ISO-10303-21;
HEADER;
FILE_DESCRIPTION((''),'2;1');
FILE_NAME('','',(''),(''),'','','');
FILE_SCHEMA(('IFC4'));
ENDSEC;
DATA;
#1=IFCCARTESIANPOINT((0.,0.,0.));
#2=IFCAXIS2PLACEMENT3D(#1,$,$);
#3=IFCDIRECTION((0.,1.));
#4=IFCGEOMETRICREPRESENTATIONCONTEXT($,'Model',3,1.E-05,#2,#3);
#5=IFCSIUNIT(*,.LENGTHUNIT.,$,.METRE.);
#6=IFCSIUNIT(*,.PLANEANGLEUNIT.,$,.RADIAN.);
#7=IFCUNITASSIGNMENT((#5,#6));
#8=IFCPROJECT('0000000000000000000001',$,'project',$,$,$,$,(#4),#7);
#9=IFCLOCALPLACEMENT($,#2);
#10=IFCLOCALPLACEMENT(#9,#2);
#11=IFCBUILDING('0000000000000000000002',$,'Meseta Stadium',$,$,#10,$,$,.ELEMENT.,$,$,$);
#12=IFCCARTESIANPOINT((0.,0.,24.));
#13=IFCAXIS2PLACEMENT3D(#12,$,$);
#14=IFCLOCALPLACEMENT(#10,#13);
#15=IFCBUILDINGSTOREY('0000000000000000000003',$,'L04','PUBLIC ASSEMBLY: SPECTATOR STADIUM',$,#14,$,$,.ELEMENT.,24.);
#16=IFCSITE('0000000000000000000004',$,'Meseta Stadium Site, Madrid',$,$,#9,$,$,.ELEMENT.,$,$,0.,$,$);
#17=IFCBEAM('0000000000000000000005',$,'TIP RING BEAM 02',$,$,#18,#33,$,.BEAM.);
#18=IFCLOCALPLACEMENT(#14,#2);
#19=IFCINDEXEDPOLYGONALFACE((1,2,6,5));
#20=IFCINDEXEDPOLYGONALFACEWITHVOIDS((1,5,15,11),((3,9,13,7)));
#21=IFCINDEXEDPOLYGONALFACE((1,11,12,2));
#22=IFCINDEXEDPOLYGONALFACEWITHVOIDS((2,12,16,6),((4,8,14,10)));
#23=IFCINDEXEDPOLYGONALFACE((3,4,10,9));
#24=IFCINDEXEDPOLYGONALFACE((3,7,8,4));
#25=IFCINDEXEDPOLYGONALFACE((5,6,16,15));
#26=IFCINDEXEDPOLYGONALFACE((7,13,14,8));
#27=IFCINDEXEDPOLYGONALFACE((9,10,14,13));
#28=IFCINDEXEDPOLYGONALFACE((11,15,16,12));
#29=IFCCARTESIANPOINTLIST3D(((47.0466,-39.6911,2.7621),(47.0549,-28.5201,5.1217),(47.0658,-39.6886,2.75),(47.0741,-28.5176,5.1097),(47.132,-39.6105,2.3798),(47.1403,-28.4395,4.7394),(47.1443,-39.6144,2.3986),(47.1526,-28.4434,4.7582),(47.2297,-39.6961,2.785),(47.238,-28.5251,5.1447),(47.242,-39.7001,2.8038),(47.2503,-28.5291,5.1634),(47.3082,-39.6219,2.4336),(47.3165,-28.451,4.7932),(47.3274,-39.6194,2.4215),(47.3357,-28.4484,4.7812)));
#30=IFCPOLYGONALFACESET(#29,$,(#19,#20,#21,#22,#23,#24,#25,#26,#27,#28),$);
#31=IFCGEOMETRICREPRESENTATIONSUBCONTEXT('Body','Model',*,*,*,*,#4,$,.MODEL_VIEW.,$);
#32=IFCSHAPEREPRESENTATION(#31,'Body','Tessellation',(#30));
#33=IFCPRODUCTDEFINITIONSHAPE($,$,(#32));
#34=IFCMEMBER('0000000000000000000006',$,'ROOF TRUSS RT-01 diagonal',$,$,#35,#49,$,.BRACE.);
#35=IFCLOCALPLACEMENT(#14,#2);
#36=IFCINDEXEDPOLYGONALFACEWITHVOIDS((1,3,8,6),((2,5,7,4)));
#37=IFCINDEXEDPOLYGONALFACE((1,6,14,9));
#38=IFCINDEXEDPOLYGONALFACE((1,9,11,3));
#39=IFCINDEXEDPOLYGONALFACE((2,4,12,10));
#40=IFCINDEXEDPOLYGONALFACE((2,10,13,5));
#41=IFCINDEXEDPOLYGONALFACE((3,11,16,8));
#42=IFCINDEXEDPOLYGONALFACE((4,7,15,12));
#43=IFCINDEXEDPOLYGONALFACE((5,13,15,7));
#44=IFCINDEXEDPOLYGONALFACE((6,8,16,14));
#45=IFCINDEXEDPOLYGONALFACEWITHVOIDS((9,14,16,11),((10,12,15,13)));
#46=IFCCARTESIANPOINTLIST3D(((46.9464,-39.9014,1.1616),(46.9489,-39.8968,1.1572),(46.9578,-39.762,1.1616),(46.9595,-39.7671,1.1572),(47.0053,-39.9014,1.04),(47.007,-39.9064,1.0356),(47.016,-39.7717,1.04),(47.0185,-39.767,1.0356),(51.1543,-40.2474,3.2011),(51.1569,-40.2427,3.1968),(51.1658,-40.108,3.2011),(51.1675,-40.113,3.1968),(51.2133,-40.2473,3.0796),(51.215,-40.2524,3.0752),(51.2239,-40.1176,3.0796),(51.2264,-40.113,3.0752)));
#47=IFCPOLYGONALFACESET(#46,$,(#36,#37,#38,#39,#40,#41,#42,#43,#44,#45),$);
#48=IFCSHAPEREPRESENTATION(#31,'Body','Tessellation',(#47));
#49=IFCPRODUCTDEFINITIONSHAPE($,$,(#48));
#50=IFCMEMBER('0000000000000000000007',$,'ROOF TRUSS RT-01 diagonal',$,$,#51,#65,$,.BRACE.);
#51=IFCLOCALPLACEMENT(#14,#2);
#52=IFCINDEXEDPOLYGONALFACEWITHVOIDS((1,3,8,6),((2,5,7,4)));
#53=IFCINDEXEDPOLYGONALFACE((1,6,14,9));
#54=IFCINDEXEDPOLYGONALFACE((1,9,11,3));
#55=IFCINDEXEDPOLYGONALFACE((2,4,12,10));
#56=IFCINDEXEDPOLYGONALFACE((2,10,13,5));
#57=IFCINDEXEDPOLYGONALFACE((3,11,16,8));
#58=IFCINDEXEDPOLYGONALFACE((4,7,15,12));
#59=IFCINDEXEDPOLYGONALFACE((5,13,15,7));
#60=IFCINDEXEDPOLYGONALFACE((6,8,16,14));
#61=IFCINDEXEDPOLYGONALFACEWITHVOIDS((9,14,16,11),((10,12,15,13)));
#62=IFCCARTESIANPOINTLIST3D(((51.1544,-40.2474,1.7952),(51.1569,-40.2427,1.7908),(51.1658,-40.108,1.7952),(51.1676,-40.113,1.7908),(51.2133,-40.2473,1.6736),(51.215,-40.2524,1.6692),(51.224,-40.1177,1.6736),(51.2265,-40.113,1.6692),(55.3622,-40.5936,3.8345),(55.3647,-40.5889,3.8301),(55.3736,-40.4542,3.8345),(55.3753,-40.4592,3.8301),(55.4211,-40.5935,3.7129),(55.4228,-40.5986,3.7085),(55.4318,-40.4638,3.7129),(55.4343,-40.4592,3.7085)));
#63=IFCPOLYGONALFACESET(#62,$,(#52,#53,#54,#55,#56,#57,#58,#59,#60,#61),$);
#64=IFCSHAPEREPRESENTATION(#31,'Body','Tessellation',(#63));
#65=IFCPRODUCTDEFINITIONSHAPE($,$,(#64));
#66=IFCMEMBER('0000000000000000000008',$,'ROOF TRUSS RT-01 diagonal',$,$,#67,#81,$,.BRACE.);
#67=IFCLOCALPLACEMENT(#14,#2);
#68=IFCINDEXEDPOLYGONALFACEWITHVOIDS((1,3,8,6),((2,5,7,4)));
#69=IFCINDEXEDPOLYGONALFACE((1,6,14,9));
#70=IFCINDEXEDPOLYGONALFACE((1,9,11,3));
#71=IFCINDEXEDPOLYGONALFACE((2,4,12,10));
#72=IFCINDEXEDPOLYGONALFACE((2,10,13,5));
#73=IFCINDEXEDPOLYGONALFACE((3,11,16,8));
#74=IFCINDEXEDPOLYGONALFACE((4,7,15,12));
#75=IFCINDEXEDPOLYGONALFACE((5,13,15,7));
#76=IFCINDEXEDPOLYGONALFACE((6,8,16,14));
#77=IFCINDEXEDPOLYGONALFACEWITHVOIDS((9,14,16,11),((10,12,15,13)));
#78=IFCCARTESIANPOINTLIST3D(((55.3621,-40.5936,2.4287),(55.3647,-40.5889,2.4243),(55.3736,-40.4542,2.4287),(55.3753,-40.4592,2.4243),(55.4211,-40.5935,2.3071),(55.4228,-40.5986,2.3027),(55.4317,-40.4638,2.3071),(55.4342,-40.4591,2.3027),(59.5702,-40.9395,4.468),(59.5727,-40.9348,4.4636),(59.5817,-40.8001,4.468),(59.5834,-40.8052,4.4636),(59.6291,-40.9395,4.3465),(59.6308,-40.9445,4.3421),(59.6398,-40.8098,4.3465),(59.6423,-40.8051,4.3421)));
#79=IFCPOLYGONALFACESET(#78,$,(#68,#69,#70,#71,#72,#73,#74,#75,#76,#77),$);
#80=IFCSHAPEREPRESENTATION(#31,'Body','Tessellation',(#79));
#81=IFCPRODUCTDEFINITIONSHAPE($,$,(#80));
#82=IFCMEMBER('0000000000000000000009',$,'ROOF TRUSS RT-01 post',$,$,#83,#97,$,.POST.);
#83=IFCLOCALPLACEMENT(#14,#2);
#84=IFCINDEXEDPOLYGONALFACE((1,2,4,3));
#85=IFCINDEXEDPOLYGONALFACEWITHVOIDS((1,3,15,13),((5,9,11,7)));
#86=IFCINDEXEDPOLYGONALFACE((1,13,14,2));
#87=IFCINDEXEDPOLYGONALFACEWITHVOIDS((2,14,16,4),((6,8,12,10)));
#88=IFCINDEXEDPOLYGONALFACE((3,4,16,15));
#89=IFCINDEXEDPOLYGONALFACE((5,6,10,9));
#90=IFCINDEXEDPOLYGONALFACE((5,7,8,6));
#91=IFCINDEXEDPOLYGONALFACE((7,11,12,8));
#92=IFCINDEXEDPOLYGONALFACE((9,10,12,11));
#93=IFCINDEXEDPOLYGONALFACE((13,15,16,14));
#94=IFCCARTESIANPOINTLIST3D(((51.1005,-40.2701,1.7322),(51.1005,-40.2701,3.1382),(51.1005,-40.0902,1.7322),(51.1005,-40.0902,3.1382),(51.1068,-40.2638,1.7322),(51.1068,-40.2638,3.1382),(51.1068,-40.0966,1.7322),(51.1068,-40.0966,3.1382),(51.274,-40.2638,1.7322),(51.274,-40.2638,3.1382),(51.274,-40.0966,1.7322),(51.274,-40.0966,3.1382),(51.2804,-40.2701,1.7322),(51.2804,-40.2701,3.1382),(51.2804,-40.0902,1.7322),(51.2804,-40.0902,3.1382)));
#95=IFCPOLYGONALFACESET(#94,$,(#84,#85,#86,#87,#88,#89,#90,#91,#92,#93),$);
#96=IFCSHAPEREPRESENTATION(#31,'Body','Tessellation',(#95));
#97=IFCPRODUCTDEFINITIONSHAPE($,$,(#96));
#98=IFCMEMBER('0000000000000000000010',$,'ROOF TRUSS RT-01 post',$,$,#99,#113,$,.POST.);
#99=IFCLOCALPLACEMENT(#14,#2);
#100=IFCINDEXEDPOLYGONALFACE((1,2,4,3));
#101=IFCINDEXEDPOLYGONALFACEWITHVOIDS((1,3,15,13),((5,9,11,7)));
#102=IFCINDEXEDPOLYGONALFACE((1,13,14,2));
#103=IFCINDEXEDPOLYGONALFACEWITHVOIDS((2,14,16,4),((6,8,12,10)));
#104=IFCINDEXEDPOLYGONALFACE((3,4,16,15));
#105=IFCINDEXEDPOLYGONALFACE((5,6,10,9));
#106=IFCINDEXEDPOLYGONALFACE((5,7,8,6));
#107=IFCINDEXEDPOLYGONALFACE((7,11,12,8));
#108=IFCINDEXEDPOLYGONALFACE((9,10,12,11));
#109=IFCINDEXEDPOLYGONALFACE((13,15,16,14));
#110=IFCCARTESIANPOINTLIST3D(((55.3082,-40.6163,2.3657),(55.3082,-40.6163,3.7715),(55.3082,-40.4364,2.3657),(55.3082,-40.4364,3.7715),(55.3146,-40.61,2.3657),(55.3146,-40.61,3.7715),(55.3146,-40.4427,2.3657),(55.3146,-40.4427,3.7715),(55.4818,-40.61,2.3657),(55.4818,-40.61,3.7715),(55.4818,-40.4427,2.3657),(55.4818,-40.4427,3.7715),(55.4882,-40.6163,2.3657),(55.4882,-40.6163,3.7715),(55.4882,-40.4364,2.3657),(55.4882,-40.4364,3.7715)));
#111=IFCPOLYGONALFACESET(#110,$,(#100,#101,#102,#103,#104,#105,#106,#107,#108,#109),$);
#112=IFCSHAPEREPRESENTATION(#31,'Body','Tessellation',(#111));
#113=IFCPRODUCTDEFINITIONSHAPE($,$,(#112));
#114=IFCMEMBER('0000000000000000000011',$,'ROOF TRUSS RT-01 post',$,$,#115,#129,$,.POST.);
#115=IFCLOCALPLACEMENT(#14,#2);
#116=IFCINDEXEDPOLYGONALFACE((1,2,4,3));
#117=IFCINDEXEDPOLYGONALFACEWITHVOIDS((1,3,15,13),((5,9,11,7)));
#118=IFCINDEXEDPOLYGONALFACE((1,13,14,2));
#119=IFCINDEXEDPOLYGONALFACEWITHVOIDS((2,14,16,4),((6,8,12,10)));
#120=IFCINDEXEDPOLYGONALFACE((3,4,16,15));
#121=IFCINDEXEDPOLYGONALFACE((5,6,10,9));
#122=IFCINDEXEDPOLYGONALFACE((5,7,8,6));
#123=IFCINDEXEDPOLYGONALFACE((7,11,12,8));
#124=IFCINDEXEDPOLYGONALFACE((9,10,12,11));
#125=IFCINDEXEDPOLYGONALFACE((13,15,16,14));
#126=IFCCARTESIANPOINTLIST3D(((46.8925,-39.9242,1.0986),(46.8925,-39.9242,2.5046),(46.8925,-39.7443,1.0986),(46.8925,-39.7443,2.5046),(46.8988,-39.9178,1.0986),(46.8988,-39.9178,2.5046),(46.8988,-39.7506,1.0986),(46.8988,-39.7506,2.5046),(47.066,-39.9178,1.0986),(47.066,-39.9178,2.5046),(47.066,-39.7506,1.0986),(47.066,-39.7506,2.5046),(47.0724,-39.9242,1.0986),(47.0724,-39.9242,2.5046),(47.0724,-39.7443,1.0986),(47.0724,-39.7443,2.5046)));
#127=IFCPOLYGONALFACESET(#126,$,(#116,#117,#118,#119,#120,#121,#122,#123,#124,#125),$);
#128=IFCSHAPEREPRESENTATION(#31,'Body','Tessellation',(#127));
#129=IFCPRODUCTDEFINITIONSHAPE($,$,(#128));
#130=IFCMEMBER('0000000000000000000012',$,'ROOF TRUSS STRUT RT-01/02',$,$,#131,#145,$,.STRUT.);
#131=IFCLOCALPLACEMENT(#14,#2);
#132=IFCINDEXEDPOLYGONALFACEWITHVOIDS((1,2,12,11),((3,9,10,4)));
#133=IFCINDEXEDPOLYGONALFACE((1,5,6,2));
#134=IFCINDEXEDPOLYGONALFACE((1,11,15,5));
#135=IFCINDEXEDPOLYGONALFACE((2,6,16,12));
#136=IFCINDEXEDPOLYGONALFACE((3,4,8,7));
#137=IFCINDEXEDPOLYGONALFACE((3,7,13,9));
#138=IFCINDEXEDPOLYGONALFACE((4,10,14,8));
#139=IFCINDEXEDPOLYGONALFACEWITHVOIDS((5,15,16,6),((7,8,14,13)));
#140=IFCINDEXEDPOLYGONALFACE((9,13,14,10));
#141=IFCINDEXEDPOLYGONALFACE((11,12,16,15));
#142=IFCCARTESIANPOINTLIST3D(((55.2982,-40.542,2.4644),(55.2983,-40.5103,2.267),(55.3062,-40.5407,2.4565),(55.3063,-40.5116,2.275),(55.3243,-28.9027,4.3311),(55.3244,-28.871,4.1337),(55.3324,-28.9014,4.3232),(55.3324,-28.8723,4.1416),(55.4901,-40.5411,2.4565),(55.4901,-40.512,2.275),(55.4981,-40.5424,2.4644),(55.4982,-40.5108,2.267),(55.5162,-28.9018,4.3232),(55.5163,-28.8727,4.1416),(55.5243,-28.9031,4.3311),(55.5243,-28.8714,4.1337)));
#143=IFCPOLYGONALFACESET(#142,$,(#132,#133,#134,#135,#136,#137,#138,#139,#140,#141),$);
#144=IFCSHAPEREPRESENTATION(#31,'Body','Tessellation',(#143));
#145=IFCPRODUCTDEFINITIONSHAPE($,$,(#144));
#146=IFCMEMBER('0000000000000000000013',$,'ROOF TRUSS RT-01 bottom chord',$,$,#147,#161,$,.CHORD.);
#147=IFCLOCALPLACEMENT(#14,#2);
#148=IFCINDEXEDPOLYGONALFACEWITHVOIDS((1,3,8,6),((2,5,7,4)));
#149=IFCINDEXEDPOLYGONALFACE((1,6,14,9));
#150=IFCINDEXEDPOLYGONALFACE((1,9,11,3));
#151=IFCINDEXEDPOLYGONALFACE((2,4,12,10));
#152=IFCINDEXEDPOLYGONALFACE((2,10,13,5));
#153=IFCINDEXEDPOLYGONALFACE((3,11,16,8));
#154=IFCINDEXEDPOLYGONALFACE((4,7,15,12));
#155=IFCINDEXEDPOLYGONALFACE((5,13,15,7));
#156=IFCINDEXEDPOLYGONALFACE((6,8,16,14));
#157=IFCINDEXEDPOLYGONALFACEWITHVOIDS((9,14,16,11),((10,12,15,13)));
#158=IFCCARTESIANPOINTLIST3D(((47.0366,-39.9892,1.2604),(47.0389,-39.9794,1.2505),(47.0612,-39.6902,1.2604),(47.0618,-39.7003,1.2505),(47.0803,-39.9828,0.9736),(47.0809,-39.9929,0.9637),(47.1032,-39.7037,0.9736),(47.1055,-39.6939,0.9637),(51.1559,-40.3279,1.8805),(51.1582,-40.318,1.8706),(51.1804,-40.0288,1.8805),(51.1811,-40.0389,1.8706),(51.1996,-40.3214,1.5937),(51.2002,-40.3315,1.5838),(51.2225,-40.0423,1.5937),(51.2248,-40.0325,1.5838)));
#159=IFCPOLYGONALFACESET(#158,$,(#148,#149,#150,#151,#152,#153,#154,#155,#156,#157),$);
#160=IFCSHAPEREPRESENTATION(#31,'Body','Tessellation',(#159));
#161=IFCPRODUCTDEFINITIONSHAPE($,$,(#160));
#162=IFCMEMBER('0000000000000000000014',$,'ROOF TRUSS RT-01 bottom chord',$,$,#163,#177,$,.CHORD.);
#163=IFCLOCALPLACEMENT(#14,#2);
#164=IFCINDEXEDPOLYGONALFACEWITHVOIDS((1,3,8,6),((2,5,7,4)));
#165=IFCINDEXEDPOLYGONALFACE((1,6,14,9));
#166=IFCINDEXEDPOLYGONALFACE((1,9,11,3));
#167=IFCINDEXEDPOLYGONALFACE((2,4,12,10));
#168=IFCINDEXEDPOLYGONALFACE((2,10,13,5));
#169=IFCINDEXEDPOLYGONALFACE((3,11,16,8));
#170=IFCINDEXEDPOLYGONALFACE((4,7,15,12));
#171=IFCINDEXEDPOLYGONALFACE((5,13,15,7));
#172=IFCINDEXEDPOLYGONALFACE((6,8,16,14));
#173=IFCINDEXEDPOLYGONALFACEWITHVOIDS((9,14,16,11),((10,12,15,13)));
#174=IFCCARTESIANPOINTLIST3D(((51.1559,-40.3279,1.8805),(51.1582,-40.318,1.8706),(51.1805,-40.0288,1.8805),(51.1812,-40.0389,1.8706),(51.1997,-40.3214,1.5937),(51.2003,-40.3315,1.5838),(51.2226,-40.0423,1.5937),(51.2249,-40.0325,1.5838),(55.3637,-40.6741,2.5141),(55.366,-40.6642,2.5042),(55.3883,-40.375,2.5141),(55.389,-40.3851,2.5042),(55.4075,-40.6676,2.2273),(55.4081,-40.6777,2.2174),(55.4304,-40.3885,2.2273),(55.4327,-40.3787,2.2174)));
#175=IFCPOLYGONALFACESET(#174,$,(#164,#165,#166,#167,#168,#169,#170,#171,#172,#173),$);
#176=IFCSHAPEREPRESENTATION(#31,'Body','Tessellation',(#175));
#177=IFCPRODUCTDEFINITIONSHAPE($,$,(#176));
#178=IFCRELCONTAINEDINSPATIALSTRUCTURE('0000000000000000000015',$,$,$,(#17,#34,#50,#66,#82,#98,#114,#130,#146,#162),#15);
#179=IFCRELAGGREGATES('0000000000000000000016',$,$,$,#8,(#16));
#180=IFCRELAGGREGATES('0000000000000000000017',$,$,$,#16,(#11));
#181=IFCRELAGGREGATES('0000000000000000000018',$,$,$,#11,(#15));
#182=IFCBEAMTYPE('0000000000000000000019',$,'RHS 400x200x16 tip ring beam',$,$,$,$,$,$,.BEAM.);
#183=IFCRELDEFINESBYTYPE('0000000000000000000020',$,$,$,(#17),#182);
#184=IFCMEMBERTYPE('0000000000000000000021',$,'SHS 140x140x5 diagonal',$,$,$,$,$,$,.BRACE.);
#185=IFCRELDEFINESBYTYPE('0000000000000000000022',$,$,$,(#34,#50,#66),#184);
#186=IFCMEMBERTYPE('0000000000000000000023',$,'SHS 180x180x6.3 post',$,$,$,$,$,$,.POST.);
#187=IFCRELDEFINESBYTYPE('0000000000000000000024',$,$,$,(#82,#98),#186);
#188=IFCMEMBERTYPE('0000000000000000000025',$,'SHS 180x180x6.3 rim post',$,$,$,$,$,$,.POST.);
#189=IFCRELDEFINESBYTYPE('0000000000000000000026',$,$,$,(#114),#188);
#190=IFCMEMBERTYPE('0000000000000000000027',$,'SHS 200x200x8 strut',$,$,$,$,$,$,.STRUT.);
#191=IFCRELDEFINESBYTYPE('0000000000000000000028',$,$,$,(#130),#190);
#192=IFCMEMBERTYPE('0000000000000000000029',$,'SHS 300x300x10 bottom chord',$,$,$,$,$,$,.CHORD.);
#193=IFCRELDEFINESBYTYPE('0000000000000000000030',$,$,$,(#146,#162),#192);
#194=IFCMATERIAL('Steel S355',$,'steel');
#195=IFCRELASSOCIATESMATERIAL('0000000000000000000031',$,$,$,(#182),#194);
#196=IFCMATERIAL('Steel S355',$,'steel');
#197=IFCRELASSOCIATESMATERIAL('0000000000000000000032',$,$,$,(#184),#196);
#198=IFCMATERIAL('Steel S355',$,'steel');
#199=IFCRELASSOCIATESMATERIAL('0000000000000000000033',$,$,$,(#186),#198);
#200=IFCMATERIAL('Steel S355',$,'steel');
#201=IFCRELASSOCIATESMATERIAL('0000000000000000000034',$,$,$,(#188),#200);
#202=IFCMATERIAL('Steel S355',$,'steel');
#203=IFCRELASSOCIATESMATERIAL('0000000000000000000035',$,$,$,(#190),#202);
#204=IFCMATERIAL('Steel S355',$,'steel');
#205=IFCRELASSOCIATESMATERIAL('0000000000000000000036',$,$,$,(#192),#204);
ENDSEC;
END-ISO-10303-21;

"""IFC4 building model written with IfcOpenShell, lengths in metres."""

from ifc_helpers import new_model, si_unit, direction, frame, origin, origin_2d, place, context, subcontext, project, spatial, hollow_rectangle, extrude, material, material_profile, profile_set, type_object, element, save


model = new_model("IFC4")

# Units and contexts
model_context = context("Model", 3, precision=1e-05, world=origin(), true_north=direction((0.0, 1.0)))
body_context = subcontext(model_context, "Body", "Model", "MODEL_VIEW")
ifc_project = project(units=[si_unit("LENGTHUNIT", "METRE"), si_unit("PLANEANGLEUNIT", "RADIAN")], contexts=[model_context])

# Site, building, storey
site_placement = place(None, origin())
site = spatial("IfcSite", under=ifc_project, at=site_placement, Name="Meseta Stadium Site, Madrid", CompositionType="ELEMENT", RefElevation=0.0)
building_placement = place(site_placement, origin())
building = spatial("IfcBuilding", under=site, at=building_placement, Name="Meseta Stadium", CompositionType="ELEMENT")
storey_placement = place(building_placement, frame((0.0, 0.0, 24.0)))
storey = spatial("IfcBuildingStorey", under=building, at=storey_placement, Name="L04", Description="PUBLIC ASSEMBLY: SPECTATOR STADIUM", CompositionType="ELEMENT", Elevation=24.0)

# Beam
ifc_material_1 = material(Name="Steel S355", Category="steel")
ifc_material_profile_1 = material_profile(ifc_material_1, hollow_rectangle(XDim=0.2, YDim=0.3999, WallThickness=0.0161, at=origin_2d()), Name="RHS 400x200x16")
ifc_profile_set_1 = profile_set([ifc_material_profile_1], Name="Steel S355")
beam_type = type_object("IfcBeamType", Name="RHS 400x200x16 tip ring beam", PredefinedType="BEAM", material=ifc_profile_set_1)
beam_placement = place(storey_placement, frame((47.187, -39.6553, 2.5918), z_axis=(0.000727, 0.978411, 0.206669), x_axis=(-0.976934, 0.044827, -0.208782)))
element("IfcBeam", 1, at=beam_placement, inside=storey, type_object=beam_type, Name="TIP RING BEAM 02", PredefinedType="BEAM", context=body_context, shape_type="SweptSolid", body=[
    extrude(hollow_rectangle(XDim=0.2, YDim=0.3999, WallThickness=0.0161, at=origin_2d()), origin(), (0.0, 0.0, 1.0), 11.4175),
])

# Members
ifc_material_2 = material(Name="Steel S355", Category="steel")
ifc_material_profile_2 = material_profile(ifc_material_2, hollow_rectangle(XDim=0.1399, YDim=0.1399, WallThickness=0.0049, at=origin_2d()), Name="SHS 140x140x5")
ifc_profile_set_2 = profile_set([ifc_material_profile_2], Name="Steel S355")
member_type_1 = type_object("IfcMemberType", Name="SHS 140x140x5 diagonal", PredefinedType="BRACE", material=ifc_profile_set_2)
member_1_placement = place(storey_placement, frame((46.9824, -39.8342, 1.0986), z_axis=(0.89742, -0.073778, 0.434964), x_axis=(0.081935, 0.996638, 0.0)))
element("IfcMember", 2, at=member_1_placement, inside=storey, type_object=member_type_1, Name="ROOF TRUSS RT-01 diagonal", PredefinedType="BRACE", context=body_context, shape_type="SweptSolid", body=[
    extrude(hollow_rectangle(XDim=0.1399, YDim=0.1399, WallThickness=0.0049, at=origin_2d()), origin(), (0.0, 0.0, 1.0), 4.689),
])
member_2_placement = place(storey_placement, frame((51.1904, -40.1802, 1.7322), z_axis=(0.897427, -0.073835, 0.434941), x_axis=(0.081997, 0.996633, 0.0)))
element("IfcMember", 3, at=member_2_placement, inside=storey, type_object=member_type_1, Name="ROOF TRUSS RT-01 diagonal", PredefinedType="BRACE", context=body_context, shape_type="SweptSolid", body=[
    extrude(hollow_rectangle(XDim=0.1399, YDim=0.1399, WallThickness=0.0049, at=origin_2d()), origin(), (0.0, 0.0, 1.0), 4.6887),
])
member_3_placement = place(storey_placement, frame((55.3982, -40.5264, 2.3657), z_axis=(0.89744, -0.07378, 0.434922), x_axis=(0.081935, 0.996638, 0.0)))
element("IfcMember", 4, at=member_3_placement, inside=storey, type_object=member_type_1, Name="ROOF TRUSS RT-01 diagonal", PredefinedType="BRACE", context=body_context, shape_type="SweptSolid", body=[
    extrude(hollow_rectangle(XDim=0.1399, YDim=0.1399, WallThickness=0.0049, at=origin_2d()), origin(), (0.0, 0.0, 1.0), 4.689),
])
ifc_material_3 = material(Name="Steel S355", Category="steel")
ifc_material_profile_3 = material_profile(ifc_material_3, hollow_rectangle(XDim=0.1799, YDim=0.1799, WallThickness=0.0063, at=origin_2d()), Name="SHS 180x180x6.3")
ifc_profile_set_3 = profile_set([ifc_material_profile_3], Name="Steel S355")
member_type_2 = type_object("IfcMemberType", Name="SHS 180x180x6.3 post", PredefinedType="POST", material=ifc_profile_set_3)
member_4_placement = place(storey_placement, frame((51.1904, -40.1802, 1.7322), z_axis=(0.0, 0.0, 1.0), x_axis=(1.0, 0.0, 0.0)))
element("IfcMember", 5, at=member_4_placement, inside=storey, type_object=member_type_2, Name="ROOF TRUSS RT-01 post", PredefinedType="POST", context=body_context, shape_type="SweptSolid", body=[
    extrude(hollow_rectangle(XDim=0.1799, YDim=0.1799, WallThickness=0.0063, at=origin_2d()), origin(), (0.0, 0.0, 1.0), 1.406),
])
member_5_placement = place(storey_placement, frame((55.3982, -40.5264, 2.3657), z_axis=(0.0, 0.0, 1.0), x_axis=(1.0, 0.0, 0.0)))
element("IfcMember", 6, at=member_5_placement, inside=storey, type_object=member_type_2, Name="ROOF TRUSS RT-01 post", PredefinedType="POST", context=body_context, shape_type="SweptSolid", body=[
    extrude(hollow_rectangle(XDim=0.1799, YDim=0.1799, WallThickness=0.0063, at=origin_2d()), origin(), (0.0, 0.0, 1.0), 1.4058),
])
ifc_material_4 = material(Name="Steel S355", Category="steel")
ifc_material_profile_4 = material_profile(ifc_material_4, hollow_rectangle(XDim=0.1799, YDim=0.1799, WallThickness=0.0063, at=origin_2d()), Name="SHS 180x180x6.3")
ifc_profile_set_4 = profile_set([ifc_material_profile_4], Name="Steel S355")
member_type_3 = type_object("IfcMemberType", Name="SHS 180x180x6.3 rim post", PredefinedType="POST", material=ifc_profile_set_4)
member_6_placement = place(storey_placement, frame((46.9824, -39.8342, 1.0986), z_axis=(0.0, 0.0, 1.0), x_axis=(1.0, 0.0, 0.0)))
element("IfcMember", 7, at=member_6_placement, inside=storey, type_object=member_type_3, Name="ROOF TRUSS RT-01 post", PredefinedType="POST", context=body_context, shape_type="SweptSolid", body=[
    extrude(hollow_rectangle(XDim=0.1799, YDim=0.1799, WallThickness=0.0063, at=origin_2d()), origin(), (0.0, 0.0, 1.0), 1.406),
])
ifc_material_5 = material(Name="Steel S355", Category="steel")
ifc_material_profile_5 = material_profile(ifc_material_5, hollow_rectangle(XDim=0.2, YDim=0.2, WallThickness=0.0081, at=origin_2d()), Name="SHS 200x200x8")
ifc_profile_set_5 = profile_set([ifc_material_profile_5], Name="Steel S355")
member_type_4 = type_object("IfcMemberType", Name="SHS 200x200x8 strut", PredefinedType="STRUT", material=ifc_profile_set_5)
member_7_placement = place(storey_placement, frame((55.3982, -40.5264, 2.3657), z_axis=(0.002216, 0.98738, 0.158354), x_axis=(-0.999997, 0.002244, 0.0)))
element("IfcMember", 8, at=member_7_placement, inside=storey, type_object=member_type_4, Name="ROOF TRUSS STRUT RT-01/02", PredefinedType="STRUT", context=body_context, shape_type="SweptSolid", body=[
    extrude(hollow_rectangle(XDim=0.2, YDim=0.2, WallThickness=0.0081, at=origin_2d()), origin(), (0.0, 0.0, 1.0), 11.7881),
])
ifc_material_6 = material(Name="Steel S355", Category="steel")
ifc_material_profile_6 = material_profile(ifc_material_6, hollow_rectangle(XDim=0.3, YDim=0.3, WallThickness=0.01, at=origin_2d()), Name="SHS 300x300x10")
ifc_profile_set_6 = profile_set([ifc_material_profile_6], Name="Steel S355")
member_type_5 = type_object("IfcMemberType", Name="SHS 300x300x10 bottom chord", PredefinedType="CHORD", material=ifc_profile_set_6)
member_8_placement = place(storey_placement, frame((47.071, -39.8416, 1.1121), z_axis=(0.985608, -0.081019, 0.14837), x_axis=(0.081926, 0.996638, 0.0)))
element("IfcMember", 9, at=member_8_placement, inside=storey, type_object=member_type_5, Name="ROOF TRUSS RT-01 bottom chord", PredefinedType="CHORD", context=body_context, shape_type="SweptSolid", body=[
    extrude(hollow_rectangle(XDim=0.3, YDim=0.3, WallThickness=0.01, at=origin_2d()), origin(), (0.0, 0.0, 1.0), 4.1794),
])
member_9_placement = place(storey_placement, frame((51.1904, -40.1802, 1.7322), z_axis=(0.985598, -0.081089, 0.148397), x_axis=(0.081997, 0.996633, 0.0)))
element("IfcMember", 10, at=member_9_placement, inside=storey, type_object=member_type_5, Name="ROOF TRUSS RT-01 bottom chord", PredefinedType="CHORD", context=body_context, shape_type="SweptSolid", body=[
    extrude(hollow_rectangle(XDim=0.3, YDim=0.3, WallThickness=0.01, at=origin_2d()), origin(), (0.0, 0.0, 1.0), 4.2693),
])

save(model, "model.ifc")
